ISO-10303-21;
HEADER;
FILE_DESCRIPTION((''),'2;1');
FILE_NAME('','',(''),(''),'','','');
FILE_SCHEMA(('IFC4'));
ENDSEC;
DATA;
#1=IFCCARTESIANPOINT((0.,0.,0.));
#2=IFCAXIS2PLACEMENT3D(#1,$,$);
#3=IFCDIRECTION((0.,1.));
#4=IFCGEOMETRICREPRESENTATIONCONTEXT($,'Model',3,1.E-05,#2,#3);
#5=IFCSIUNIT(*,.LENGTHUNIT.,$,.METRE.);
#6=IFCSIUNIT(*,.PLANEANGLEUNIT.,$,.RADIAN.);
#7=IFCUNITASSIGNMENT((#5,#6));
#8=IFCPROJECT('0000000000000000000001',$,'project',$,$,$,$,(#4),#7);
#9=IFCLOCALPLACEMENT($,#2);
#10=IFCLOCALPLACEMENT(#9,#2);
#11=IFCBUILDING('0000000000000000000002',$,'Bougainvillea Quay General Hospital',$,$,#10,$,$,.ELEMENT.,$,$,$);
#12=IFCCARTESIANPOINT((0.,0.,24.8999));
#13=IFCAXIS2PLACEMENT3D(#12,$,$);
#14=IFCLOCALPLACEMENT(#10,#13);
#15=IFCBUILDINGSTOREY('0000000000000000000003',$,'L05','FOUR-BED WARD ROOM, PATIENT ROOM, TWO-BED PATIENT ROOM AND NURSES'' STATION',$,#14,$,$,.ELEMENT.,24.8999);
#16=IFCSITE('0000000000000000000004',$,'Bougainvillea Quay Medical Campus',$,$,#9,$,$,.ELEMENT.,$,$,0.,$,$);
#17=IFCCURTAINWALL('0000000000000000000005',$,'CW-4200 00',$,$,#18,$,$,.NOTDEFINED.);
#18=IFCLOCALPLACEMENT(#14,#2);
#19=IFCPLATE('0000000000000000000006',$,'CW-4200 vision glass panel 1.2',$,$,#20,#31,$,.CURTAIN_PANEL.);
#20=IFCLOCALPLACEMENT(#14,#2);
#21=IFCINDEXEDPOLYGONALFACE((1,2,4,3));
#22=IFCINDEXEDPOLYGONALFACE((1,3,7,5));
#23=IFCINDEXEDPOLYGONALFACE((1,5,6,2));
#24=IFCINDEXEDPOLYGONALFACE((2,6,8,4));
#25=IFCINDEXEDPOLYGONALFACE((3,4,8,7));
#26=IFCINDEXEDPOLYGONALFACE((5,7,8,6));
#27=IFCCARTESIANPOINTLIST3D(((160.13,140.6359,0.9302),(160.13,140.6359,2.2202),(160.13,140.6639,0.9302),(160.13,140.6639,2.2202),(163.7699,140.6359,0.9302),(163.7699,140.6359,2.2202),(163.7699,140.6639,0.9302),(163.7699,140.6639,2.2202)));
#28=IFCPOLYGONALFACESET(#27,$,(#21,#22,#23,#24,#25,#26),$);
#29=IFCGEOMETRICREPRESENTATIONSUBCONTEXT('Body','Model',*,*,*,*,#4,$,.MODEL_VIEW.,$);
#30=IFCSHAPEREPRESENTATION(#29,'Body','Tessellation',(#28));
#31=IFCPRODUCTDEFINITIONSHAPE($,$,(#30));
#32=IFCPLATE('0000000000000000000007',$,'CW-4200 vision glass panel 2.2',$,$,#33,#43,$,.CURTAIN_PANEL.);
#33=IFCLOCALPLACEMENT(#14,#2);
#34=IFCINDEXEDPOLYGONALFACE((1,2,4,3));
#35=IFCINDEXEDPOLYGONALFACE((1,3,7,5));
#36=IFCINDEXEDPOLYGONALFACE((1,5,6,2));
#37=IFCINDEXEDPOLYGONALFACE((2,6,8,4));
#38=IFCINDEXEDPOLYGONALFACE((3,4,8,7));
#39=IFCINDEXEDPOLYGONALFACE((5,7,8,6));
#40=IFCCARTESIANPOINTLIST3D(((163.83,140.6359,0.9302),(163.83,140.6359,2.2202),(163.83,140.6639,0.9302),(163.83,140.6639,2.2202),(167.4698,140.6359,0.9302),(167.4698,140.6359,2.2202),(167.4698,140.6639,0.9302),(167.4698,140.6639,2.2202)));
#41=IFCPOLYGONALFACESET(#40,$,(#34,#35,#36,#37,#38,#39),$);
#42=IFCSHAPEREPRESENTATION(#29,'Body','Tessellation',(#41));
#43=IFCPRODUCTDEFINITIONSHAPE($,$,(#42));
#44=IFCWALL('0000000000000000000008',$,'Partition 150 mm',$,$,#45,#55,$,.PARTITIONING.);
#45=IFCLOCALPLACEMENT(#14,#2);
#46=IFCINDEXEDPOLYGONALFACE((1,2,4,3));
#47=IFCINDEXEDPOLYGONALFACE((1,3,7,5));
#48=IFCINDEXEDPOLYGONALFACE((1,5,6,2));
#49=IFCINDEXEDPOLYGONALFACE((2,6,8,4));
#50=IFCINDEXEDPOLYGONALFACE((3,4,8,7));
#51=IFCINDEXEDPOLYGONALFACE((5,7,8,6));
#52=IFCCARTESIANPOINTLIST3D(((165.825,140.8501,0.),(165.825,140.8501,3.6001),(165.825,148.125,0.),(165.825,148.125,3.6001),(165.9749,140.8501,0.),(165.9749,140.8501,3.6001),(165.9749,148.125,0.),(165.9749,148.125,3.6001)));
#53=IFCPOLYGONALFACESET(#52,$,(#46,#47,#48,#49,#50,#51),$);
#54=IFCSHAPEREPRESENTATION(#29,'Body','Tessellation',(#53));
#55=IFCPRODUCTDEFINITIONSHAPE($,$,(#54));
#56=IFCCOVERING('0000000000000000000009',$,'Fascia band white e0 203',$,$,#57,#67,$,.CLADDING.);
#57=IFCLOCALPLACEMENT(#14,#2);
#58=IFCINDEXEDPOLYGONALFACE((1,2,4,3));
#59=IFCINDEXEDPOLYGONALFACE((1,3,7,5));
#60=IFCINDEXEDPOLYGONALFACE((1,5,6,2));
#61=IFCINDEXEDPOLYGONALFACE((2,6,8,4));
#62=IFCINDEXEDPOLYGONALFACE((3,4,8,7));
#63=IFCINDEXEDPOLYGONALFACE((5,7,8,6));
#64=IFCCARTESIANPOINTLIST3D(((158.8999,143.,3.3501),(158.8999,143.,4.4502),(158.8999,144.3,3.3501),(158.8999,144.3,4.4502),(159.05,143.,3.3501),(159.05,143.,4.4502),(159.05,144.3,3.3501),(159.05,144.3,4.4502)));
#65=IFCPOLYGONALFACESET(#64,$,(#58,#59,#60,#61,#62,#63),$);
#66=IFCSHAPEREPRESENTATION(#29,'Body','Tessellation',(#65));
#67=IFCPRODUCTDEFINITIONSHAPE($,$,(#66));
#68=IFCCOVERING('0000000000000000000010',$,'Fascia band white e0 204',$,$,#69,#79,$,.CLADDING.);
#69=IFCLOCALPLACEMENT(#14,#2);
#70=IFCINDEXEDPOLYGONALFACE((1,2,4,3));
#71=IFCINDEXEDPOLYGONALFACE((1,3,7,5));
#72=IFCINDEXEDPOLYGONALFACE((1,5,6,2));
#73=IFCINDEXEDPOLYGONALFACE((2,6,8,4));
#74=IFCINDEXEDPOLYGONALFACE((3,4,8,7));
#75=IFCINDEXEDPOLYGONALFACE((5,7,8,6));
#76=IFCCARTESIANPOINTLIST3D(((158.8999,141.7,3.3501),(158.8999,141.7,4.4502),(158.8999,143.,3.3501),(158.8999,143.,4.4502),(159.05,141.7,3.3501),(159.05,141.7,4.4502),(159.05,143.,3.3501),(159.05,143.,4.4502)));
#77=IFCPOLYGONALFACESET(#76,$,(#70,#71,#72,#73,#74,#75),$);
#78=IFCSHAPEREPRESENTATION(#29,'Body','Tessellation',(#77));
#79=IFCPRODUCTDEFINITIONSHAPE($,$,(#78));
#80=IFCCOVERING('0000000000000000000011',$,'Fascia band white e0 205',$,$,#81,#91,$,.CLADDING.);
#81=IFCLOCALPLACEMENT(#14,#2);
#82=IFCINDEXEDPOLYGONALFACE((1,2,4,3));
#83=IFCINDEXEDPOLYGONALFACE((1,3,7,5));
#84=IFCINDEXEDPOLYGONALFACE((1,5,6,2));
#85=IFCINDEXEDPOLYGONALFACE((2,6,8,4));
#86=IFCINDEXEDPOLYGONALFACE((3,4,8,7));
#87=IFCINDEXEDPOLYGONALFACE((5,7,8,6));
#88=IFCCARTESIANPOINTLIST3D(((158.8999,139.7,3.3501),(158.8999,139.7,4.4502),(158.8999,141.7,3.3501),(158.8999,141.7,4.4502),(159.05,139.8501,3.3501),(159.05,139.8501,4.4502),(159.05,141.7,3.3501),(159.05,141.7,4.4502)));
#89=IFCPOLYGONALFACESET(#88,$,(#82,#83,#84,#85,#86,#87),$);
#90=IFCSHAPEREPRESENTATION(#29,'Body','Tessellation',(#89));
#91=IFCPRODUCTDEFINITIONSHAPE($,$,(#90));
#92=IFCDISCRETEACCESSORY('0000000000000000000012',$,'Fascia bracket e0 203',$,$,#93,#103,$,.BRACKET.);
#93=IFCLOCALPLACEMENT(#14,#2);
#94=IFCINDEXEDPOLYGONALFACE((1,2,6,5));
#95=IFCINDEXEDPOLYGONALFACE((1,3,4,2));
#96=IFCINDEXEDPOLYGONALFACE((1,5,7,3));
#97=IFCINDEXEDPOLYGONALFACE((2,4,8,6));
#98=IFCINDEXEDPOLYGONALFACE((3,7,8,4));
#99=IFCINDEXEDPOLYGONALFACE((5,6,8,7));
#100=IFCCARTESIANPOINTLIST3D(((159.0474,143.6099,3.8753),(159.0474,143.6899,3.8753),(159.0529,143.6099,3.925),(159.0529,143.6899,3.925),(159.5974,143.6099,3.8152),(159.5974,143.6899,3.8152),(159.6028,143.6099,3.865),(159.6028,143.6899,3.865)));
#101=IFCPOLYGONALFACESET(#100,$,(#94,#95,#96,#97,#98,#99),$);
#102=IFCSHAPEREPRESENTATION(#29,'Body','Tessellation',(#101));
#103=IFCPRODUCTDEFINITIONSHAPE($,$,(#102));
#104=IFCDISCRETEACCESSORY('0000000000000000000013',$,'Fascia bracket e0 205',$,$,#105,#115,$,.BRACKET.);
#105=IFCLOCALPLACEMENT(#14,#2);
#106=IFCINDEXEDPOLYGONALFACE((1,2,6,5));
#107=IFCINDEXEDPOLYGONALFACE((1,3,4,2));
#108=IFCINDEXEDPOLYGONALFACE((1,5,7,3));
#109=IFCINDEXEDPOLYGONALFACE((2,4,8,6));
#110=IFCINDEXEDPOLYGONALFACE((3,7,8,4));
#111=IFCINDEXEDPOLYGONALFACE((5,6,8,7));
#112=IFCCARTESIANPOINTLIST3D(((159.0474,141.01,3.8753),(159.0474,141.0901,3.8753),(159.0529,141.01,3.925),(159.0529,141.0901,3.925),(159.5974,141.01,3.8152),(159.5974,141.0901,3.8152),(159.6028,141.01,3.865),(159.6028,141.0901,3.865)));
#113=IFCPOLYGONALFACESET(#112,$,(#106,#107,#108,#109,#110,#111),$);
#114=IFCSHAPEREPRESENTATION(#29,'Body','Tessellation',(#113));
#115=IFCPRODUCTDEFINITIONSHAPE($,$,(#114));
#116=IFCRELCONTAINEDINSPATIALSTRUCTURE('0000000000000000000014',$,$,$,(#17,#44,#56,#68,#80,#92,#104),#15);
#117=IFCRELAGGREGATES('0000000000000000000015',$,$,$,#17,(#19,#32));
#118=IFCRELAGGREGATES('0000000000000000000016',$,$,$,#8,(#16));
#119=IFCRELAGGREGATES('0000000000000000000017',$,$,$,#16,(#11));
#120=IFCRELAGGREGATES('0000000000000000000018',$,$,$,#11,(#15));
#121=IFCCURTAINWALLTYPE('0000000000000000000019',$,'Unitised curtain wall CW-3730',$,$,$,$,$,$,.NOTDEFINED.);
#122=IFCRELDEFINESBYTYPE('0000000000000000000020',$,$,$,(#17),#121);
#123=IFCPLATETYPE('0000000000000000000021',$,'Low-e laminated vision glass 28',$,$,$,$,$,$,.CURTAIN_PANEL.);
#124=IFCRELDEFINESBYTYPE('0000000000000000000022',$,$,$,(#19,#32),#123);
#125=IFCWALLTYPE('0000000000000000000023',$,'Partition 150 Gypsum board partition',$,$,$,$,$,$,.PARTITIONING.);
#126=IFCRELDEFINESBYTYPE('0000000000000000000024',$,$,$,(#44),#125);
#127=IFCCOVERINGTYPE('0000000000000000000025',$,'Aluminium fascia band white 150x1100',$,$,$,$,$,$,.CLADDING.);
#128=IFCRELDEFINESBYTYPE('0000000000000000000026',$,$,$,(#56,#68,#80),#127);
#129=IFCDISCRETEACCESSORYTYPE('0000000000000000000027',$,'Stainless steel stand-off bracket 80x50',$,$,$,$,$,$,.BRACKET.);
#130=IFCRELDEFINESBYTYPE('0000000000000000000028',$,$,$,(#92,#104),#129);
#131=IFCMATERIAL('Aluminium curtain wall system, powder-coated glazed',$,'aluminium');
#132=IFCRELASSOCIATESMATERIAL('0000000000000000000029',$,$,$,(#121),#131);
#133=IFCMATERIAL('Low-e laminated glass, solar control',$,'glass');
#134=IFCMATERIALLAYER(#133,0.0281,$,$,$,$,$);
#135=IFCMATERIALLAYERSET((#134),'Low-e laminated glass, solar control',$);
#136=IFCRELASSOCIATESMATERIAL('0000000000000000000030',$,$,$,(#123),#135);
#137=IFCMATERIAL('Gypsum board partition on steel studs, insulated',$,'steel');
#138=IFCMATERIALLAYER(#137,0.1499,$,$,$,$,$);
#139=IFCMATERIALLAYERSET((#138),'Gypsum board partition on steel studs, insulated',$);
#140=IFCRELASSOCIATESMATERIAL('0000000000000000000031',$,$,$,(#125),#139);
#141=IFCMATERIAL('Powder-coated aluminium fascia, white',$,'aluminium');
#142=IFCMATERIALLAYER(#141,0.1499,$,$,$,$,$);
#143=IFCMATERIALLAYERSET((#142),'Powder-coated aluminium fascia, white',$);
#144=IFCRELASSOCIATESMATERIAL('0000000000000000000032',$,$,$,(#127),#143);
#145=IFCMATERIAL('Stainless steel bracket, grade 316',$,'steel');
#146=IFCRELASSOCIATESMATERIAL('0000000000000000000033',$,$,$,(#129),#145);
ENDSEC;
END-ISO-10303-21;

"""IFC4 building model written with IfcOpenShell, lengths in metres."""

from ifc_helpers import new_model, si_unit, direction, frame, frame_2d, origin, origin_2d, place, context, subcontext, project, spatial, polyline, rectangle, outline, extrude, material, layer, layer_set, material_profile, profile_set, type_object, element, aggregate, save


model = new_model("IFC4")

# Units and contexts
model_context = context("Model", 3, precision=1e-05, world=origin(), true_north=direction((0.0, 1.0)))
body_context = subcontext(model_context, "Body", "Model", "MODEL_VIEW")
ifc_project = project(units=[si_unit("LENGTHUNIT", "METRE"), si_unit("PLANEANGLEUNIT", "RADIAN")], contexts=[model_context])

# Site, building, storey
site_placement = place(None, origin())
site = spatial("IfcSite", under=ifc_project, at=site_placement, Name="Bougainvillea Quay Medical Campus", CompositionType="ELEMENT", RefElevation=0.0)
building_placement = place(site_placement, origin())
building = spatial("IfcBuilding", under=site, at=building_placement, Name="Bougainvillea Quay General Hospital", CompositionType="ELEMENT")
storey_placement = place(building_placement, frame((0.0, 0.0, 24.8999)))
storey = spatial("IfcBuildingStorey", under=building, at=storey_placement, Name="L05", Description="FOUR-BED WARD ROOM, PATIENT ROOM, TWO-BED PATIENT ROOM AND NURSES' STATION", CompositionType="ELEMENT", Elevation=24.8999)

# Curtain wall, plates
ifc_material_1 = material(Name="Aluminium curtain wall system, powder-coated glazed", Category="aluminium")
curtain_wall_type = type_object("IfcCurtainWallType", Name="Unitised curtain wall CW-3730", PredefinedType="NOTDEFINED", material=ifc_material_1)
curtain_wall_placement = place(storey_placement, origin())
curtain_wall = element("IfcCurtainWall", 1, at=curtain_wall_placement, inside=storey, type_object=curtain_wall_type, Name="CW-4200 00", PredefinedType="NOTDEFINED")
ifc_material_2 = material(Name="Low-e laminated glass, solar control", Category="glass")
ifc_layer_1 = layer(ifc_material_2, 0.0281)
ifc_layer_set_1 = layer_set([ifc_layer_1], Name="Low-e laminated glass, solar control")
plate_type_1 = type_object("IfcPlateType", Name="Low-e laminated vision glass 28", PredefinedType="CURTAIN_PANEL", material=ifc_layer_set_1)
plate_1_placement = place(storey_placement, frame((161.95, 140.6499, 0.9302), z_axis=(0.0, 0.0, 1.0), x_axis=(1.0, 0.0, 0.0)))
plate_1 = element("IfcPlate", 2, at=plate_1_placement, type_object=plate_type_1, Name="CW-4200 vision glass panel 1.2", PredefinedType="CURTAIN_PANEL", context=body_context, shape_type="SweptSolid", body=[
    extrude(rectangle(XDim=3.6399, YDim=0.0281, at=origin_2d()), origin(), (0.0, 0.0, 1.0), 1.29),
])
plate_2_placement = place(storey_placement, frame((165.6499, 140.6499, 0.9302), z_axis=(0.0, 0.0, 1.0), x_axis=(1.0, 0.0, 0.0)))
plate_2 = element("IfcPlate", 3, at=plate_2_placement, type_object=plate_type_1, Name="CW-4200 vision glass panel 2.2", PredefinedType="CURTAIN_PANEL", context=body_context, shape_type="SweptSolid", body=[
    extrude(rectangle(XDim=3.6399, YDim=0.0281, at=origin_2d()), origin(), (0.0, 0.0, 1.0), 1.29),
])
aggregate(curtain_wall, [plate_1, plate_2])

# Wall
ifc_material_3 = material(Name="Gypsum board partition on steel studs, insulated", Category="steel")
ifc_layer_2 = layer(ifc_material_3, 0.1499)
ifc_layer_set_2 = layer_set([ifc_layer_2], Name="Gypsum board partition on steel studs, insulated")
wall_type = type_object("IfcWallType", Name="Partition 150 Gypsum board partition", PredefinedType="PARTITIONING", material=ifc_layer_set_2)
wall_placement = place(storey_placement, frame((165.8999, 140.8501, 0.0), z_axis=(0.0, 0.0, 1.0), x_axis=(0.0, 1.0, 0.0)))
element("IfcWall", 4, at=wall_placement, inside=storey, type_object=wall_type, Name="Partition 150 mm", PredefinedType="PARTITIONING", context=body_context, shape_type="SweptSolid", body=[
    extrude(rectangle(XDim=7.2749, YDim=0.1499, at=frame_2d((3.6375, 0.0))), origin(), (0.0, 0.0, 1.0), 3.6001),
])

# Coverings
ifc_material_4 = material(Name="Powder-coated aluminium fascia, white", Category="aluminium")
ifc_layer_3 = layer(ifc_material_4, 0.1499)
ifc_layer_set_3 = layer_set([ifc_layer_3], Name="Powder-coated aluminium fascia, white")
covering_type = type_object("IfcCoveringType", Name="Aluminium fascia band white 150x1100", PredefinedType="CLADDING", material=ifc_layer_set_3)
for number, where, z_axis, x_axis, name in (
    (5, (159.05, 144.3, 3.3501), (0.0, 0.0, 1.0), (0.0, -1.0, 0.0), "Fascia band white e0 203"),
    (6, (159.05, 143.0, 3.3501), (0.0, 0.0, 1.0), (0.0, -1.0, 0.0), "Fascia band white e0 204"),
):
    element("IfcCovering", number, at=place(storey_placement, frame(where, z_axis=z_axis, x_axis=x_axis)), inside=storey, type_object=covering_type, Name=name, PredefinedType="CLADDING", context=body_context, shape_type="SweptSolid", body=[
        extrude(outline(polyline([(0.0, 0.0), (1.3, 0.0), (1.3, -0.1501), (0.0, -0.1501), (0.0, 0.0)])), origin(), (0.0, 0.0, 1.0), 1.1001),
    ])
covering_placement = place(storey_placement, frame((159.05, 141.7, 3.3501), z_axis=(0.0, 0.0, 1.0), x_axis=(0.0, -1.0, 0.0)))
element("IfcCovering", 7, at=covering_placement, inside=storey, type_object=covering_type, Name="Fascia band white e0 205", PredefinedType="CLADDING", context=body_context, shape_type="SweptSolid", body=[
    extrude(outline(polyline([(0.0, 0.0), (1.8499, 0.0), (2.0, -0.1501), (0.0, -0.1501), (0.0, 0.0)])), origin(), (0.0, 0.0, 1.0), 1.1001),
])

# Discrete accessories
ifc_material_5 = material(Name="Stainless steel bracket, grade 316", Category="steel")
ifc_material_profile_1 = material_profile(ifc_material_5, rectangle(XDim=0.0801, YDim=0.05, at=origin_2d()))
ifc_profile_set_1 = profile_set([ifc_material_profile_1], Name="Stainless steel bracket, grade 316")
discrete_accessory_type = type_object("IfcDiscreteAccessoryType", Name="Stainless steel stand-off bracket 80x50", PredefinedType="BRACKET", material=ifc_profile_set_1)
for number, where, z_axis, x_axis, name in (
    (8, (159.6001, 143.6499, 3.8401), (-0.994092, 0.0, 0.108543), (0.0, -1.0, 0.0), "Fascia bracket e0 203"),
    (9, (159.6001, 141.05, 3.8401), (-0.994092, 0.0, 0.108543), (0.0, -1.0, 0.0), "Fascia bracket e0 205"),
):
    element("IfcDiscreteAccessory", number, at=place(storey_placement, frame(where, z_axis=z_axis, x_axis=x_axis)), inside=storey, type_object=discrete_accessory_type, Name=name, PredefinedType="BRACKET", context=body_context, shape_type="SweptSolid", body=[
        extrude(rectangle(XDim=0.0801, YDim=0.05, at=origin_2d()), origin(), (0.0, 0.0, 1.0), 0.5532),
    ])

save(model, "model.ifc")
